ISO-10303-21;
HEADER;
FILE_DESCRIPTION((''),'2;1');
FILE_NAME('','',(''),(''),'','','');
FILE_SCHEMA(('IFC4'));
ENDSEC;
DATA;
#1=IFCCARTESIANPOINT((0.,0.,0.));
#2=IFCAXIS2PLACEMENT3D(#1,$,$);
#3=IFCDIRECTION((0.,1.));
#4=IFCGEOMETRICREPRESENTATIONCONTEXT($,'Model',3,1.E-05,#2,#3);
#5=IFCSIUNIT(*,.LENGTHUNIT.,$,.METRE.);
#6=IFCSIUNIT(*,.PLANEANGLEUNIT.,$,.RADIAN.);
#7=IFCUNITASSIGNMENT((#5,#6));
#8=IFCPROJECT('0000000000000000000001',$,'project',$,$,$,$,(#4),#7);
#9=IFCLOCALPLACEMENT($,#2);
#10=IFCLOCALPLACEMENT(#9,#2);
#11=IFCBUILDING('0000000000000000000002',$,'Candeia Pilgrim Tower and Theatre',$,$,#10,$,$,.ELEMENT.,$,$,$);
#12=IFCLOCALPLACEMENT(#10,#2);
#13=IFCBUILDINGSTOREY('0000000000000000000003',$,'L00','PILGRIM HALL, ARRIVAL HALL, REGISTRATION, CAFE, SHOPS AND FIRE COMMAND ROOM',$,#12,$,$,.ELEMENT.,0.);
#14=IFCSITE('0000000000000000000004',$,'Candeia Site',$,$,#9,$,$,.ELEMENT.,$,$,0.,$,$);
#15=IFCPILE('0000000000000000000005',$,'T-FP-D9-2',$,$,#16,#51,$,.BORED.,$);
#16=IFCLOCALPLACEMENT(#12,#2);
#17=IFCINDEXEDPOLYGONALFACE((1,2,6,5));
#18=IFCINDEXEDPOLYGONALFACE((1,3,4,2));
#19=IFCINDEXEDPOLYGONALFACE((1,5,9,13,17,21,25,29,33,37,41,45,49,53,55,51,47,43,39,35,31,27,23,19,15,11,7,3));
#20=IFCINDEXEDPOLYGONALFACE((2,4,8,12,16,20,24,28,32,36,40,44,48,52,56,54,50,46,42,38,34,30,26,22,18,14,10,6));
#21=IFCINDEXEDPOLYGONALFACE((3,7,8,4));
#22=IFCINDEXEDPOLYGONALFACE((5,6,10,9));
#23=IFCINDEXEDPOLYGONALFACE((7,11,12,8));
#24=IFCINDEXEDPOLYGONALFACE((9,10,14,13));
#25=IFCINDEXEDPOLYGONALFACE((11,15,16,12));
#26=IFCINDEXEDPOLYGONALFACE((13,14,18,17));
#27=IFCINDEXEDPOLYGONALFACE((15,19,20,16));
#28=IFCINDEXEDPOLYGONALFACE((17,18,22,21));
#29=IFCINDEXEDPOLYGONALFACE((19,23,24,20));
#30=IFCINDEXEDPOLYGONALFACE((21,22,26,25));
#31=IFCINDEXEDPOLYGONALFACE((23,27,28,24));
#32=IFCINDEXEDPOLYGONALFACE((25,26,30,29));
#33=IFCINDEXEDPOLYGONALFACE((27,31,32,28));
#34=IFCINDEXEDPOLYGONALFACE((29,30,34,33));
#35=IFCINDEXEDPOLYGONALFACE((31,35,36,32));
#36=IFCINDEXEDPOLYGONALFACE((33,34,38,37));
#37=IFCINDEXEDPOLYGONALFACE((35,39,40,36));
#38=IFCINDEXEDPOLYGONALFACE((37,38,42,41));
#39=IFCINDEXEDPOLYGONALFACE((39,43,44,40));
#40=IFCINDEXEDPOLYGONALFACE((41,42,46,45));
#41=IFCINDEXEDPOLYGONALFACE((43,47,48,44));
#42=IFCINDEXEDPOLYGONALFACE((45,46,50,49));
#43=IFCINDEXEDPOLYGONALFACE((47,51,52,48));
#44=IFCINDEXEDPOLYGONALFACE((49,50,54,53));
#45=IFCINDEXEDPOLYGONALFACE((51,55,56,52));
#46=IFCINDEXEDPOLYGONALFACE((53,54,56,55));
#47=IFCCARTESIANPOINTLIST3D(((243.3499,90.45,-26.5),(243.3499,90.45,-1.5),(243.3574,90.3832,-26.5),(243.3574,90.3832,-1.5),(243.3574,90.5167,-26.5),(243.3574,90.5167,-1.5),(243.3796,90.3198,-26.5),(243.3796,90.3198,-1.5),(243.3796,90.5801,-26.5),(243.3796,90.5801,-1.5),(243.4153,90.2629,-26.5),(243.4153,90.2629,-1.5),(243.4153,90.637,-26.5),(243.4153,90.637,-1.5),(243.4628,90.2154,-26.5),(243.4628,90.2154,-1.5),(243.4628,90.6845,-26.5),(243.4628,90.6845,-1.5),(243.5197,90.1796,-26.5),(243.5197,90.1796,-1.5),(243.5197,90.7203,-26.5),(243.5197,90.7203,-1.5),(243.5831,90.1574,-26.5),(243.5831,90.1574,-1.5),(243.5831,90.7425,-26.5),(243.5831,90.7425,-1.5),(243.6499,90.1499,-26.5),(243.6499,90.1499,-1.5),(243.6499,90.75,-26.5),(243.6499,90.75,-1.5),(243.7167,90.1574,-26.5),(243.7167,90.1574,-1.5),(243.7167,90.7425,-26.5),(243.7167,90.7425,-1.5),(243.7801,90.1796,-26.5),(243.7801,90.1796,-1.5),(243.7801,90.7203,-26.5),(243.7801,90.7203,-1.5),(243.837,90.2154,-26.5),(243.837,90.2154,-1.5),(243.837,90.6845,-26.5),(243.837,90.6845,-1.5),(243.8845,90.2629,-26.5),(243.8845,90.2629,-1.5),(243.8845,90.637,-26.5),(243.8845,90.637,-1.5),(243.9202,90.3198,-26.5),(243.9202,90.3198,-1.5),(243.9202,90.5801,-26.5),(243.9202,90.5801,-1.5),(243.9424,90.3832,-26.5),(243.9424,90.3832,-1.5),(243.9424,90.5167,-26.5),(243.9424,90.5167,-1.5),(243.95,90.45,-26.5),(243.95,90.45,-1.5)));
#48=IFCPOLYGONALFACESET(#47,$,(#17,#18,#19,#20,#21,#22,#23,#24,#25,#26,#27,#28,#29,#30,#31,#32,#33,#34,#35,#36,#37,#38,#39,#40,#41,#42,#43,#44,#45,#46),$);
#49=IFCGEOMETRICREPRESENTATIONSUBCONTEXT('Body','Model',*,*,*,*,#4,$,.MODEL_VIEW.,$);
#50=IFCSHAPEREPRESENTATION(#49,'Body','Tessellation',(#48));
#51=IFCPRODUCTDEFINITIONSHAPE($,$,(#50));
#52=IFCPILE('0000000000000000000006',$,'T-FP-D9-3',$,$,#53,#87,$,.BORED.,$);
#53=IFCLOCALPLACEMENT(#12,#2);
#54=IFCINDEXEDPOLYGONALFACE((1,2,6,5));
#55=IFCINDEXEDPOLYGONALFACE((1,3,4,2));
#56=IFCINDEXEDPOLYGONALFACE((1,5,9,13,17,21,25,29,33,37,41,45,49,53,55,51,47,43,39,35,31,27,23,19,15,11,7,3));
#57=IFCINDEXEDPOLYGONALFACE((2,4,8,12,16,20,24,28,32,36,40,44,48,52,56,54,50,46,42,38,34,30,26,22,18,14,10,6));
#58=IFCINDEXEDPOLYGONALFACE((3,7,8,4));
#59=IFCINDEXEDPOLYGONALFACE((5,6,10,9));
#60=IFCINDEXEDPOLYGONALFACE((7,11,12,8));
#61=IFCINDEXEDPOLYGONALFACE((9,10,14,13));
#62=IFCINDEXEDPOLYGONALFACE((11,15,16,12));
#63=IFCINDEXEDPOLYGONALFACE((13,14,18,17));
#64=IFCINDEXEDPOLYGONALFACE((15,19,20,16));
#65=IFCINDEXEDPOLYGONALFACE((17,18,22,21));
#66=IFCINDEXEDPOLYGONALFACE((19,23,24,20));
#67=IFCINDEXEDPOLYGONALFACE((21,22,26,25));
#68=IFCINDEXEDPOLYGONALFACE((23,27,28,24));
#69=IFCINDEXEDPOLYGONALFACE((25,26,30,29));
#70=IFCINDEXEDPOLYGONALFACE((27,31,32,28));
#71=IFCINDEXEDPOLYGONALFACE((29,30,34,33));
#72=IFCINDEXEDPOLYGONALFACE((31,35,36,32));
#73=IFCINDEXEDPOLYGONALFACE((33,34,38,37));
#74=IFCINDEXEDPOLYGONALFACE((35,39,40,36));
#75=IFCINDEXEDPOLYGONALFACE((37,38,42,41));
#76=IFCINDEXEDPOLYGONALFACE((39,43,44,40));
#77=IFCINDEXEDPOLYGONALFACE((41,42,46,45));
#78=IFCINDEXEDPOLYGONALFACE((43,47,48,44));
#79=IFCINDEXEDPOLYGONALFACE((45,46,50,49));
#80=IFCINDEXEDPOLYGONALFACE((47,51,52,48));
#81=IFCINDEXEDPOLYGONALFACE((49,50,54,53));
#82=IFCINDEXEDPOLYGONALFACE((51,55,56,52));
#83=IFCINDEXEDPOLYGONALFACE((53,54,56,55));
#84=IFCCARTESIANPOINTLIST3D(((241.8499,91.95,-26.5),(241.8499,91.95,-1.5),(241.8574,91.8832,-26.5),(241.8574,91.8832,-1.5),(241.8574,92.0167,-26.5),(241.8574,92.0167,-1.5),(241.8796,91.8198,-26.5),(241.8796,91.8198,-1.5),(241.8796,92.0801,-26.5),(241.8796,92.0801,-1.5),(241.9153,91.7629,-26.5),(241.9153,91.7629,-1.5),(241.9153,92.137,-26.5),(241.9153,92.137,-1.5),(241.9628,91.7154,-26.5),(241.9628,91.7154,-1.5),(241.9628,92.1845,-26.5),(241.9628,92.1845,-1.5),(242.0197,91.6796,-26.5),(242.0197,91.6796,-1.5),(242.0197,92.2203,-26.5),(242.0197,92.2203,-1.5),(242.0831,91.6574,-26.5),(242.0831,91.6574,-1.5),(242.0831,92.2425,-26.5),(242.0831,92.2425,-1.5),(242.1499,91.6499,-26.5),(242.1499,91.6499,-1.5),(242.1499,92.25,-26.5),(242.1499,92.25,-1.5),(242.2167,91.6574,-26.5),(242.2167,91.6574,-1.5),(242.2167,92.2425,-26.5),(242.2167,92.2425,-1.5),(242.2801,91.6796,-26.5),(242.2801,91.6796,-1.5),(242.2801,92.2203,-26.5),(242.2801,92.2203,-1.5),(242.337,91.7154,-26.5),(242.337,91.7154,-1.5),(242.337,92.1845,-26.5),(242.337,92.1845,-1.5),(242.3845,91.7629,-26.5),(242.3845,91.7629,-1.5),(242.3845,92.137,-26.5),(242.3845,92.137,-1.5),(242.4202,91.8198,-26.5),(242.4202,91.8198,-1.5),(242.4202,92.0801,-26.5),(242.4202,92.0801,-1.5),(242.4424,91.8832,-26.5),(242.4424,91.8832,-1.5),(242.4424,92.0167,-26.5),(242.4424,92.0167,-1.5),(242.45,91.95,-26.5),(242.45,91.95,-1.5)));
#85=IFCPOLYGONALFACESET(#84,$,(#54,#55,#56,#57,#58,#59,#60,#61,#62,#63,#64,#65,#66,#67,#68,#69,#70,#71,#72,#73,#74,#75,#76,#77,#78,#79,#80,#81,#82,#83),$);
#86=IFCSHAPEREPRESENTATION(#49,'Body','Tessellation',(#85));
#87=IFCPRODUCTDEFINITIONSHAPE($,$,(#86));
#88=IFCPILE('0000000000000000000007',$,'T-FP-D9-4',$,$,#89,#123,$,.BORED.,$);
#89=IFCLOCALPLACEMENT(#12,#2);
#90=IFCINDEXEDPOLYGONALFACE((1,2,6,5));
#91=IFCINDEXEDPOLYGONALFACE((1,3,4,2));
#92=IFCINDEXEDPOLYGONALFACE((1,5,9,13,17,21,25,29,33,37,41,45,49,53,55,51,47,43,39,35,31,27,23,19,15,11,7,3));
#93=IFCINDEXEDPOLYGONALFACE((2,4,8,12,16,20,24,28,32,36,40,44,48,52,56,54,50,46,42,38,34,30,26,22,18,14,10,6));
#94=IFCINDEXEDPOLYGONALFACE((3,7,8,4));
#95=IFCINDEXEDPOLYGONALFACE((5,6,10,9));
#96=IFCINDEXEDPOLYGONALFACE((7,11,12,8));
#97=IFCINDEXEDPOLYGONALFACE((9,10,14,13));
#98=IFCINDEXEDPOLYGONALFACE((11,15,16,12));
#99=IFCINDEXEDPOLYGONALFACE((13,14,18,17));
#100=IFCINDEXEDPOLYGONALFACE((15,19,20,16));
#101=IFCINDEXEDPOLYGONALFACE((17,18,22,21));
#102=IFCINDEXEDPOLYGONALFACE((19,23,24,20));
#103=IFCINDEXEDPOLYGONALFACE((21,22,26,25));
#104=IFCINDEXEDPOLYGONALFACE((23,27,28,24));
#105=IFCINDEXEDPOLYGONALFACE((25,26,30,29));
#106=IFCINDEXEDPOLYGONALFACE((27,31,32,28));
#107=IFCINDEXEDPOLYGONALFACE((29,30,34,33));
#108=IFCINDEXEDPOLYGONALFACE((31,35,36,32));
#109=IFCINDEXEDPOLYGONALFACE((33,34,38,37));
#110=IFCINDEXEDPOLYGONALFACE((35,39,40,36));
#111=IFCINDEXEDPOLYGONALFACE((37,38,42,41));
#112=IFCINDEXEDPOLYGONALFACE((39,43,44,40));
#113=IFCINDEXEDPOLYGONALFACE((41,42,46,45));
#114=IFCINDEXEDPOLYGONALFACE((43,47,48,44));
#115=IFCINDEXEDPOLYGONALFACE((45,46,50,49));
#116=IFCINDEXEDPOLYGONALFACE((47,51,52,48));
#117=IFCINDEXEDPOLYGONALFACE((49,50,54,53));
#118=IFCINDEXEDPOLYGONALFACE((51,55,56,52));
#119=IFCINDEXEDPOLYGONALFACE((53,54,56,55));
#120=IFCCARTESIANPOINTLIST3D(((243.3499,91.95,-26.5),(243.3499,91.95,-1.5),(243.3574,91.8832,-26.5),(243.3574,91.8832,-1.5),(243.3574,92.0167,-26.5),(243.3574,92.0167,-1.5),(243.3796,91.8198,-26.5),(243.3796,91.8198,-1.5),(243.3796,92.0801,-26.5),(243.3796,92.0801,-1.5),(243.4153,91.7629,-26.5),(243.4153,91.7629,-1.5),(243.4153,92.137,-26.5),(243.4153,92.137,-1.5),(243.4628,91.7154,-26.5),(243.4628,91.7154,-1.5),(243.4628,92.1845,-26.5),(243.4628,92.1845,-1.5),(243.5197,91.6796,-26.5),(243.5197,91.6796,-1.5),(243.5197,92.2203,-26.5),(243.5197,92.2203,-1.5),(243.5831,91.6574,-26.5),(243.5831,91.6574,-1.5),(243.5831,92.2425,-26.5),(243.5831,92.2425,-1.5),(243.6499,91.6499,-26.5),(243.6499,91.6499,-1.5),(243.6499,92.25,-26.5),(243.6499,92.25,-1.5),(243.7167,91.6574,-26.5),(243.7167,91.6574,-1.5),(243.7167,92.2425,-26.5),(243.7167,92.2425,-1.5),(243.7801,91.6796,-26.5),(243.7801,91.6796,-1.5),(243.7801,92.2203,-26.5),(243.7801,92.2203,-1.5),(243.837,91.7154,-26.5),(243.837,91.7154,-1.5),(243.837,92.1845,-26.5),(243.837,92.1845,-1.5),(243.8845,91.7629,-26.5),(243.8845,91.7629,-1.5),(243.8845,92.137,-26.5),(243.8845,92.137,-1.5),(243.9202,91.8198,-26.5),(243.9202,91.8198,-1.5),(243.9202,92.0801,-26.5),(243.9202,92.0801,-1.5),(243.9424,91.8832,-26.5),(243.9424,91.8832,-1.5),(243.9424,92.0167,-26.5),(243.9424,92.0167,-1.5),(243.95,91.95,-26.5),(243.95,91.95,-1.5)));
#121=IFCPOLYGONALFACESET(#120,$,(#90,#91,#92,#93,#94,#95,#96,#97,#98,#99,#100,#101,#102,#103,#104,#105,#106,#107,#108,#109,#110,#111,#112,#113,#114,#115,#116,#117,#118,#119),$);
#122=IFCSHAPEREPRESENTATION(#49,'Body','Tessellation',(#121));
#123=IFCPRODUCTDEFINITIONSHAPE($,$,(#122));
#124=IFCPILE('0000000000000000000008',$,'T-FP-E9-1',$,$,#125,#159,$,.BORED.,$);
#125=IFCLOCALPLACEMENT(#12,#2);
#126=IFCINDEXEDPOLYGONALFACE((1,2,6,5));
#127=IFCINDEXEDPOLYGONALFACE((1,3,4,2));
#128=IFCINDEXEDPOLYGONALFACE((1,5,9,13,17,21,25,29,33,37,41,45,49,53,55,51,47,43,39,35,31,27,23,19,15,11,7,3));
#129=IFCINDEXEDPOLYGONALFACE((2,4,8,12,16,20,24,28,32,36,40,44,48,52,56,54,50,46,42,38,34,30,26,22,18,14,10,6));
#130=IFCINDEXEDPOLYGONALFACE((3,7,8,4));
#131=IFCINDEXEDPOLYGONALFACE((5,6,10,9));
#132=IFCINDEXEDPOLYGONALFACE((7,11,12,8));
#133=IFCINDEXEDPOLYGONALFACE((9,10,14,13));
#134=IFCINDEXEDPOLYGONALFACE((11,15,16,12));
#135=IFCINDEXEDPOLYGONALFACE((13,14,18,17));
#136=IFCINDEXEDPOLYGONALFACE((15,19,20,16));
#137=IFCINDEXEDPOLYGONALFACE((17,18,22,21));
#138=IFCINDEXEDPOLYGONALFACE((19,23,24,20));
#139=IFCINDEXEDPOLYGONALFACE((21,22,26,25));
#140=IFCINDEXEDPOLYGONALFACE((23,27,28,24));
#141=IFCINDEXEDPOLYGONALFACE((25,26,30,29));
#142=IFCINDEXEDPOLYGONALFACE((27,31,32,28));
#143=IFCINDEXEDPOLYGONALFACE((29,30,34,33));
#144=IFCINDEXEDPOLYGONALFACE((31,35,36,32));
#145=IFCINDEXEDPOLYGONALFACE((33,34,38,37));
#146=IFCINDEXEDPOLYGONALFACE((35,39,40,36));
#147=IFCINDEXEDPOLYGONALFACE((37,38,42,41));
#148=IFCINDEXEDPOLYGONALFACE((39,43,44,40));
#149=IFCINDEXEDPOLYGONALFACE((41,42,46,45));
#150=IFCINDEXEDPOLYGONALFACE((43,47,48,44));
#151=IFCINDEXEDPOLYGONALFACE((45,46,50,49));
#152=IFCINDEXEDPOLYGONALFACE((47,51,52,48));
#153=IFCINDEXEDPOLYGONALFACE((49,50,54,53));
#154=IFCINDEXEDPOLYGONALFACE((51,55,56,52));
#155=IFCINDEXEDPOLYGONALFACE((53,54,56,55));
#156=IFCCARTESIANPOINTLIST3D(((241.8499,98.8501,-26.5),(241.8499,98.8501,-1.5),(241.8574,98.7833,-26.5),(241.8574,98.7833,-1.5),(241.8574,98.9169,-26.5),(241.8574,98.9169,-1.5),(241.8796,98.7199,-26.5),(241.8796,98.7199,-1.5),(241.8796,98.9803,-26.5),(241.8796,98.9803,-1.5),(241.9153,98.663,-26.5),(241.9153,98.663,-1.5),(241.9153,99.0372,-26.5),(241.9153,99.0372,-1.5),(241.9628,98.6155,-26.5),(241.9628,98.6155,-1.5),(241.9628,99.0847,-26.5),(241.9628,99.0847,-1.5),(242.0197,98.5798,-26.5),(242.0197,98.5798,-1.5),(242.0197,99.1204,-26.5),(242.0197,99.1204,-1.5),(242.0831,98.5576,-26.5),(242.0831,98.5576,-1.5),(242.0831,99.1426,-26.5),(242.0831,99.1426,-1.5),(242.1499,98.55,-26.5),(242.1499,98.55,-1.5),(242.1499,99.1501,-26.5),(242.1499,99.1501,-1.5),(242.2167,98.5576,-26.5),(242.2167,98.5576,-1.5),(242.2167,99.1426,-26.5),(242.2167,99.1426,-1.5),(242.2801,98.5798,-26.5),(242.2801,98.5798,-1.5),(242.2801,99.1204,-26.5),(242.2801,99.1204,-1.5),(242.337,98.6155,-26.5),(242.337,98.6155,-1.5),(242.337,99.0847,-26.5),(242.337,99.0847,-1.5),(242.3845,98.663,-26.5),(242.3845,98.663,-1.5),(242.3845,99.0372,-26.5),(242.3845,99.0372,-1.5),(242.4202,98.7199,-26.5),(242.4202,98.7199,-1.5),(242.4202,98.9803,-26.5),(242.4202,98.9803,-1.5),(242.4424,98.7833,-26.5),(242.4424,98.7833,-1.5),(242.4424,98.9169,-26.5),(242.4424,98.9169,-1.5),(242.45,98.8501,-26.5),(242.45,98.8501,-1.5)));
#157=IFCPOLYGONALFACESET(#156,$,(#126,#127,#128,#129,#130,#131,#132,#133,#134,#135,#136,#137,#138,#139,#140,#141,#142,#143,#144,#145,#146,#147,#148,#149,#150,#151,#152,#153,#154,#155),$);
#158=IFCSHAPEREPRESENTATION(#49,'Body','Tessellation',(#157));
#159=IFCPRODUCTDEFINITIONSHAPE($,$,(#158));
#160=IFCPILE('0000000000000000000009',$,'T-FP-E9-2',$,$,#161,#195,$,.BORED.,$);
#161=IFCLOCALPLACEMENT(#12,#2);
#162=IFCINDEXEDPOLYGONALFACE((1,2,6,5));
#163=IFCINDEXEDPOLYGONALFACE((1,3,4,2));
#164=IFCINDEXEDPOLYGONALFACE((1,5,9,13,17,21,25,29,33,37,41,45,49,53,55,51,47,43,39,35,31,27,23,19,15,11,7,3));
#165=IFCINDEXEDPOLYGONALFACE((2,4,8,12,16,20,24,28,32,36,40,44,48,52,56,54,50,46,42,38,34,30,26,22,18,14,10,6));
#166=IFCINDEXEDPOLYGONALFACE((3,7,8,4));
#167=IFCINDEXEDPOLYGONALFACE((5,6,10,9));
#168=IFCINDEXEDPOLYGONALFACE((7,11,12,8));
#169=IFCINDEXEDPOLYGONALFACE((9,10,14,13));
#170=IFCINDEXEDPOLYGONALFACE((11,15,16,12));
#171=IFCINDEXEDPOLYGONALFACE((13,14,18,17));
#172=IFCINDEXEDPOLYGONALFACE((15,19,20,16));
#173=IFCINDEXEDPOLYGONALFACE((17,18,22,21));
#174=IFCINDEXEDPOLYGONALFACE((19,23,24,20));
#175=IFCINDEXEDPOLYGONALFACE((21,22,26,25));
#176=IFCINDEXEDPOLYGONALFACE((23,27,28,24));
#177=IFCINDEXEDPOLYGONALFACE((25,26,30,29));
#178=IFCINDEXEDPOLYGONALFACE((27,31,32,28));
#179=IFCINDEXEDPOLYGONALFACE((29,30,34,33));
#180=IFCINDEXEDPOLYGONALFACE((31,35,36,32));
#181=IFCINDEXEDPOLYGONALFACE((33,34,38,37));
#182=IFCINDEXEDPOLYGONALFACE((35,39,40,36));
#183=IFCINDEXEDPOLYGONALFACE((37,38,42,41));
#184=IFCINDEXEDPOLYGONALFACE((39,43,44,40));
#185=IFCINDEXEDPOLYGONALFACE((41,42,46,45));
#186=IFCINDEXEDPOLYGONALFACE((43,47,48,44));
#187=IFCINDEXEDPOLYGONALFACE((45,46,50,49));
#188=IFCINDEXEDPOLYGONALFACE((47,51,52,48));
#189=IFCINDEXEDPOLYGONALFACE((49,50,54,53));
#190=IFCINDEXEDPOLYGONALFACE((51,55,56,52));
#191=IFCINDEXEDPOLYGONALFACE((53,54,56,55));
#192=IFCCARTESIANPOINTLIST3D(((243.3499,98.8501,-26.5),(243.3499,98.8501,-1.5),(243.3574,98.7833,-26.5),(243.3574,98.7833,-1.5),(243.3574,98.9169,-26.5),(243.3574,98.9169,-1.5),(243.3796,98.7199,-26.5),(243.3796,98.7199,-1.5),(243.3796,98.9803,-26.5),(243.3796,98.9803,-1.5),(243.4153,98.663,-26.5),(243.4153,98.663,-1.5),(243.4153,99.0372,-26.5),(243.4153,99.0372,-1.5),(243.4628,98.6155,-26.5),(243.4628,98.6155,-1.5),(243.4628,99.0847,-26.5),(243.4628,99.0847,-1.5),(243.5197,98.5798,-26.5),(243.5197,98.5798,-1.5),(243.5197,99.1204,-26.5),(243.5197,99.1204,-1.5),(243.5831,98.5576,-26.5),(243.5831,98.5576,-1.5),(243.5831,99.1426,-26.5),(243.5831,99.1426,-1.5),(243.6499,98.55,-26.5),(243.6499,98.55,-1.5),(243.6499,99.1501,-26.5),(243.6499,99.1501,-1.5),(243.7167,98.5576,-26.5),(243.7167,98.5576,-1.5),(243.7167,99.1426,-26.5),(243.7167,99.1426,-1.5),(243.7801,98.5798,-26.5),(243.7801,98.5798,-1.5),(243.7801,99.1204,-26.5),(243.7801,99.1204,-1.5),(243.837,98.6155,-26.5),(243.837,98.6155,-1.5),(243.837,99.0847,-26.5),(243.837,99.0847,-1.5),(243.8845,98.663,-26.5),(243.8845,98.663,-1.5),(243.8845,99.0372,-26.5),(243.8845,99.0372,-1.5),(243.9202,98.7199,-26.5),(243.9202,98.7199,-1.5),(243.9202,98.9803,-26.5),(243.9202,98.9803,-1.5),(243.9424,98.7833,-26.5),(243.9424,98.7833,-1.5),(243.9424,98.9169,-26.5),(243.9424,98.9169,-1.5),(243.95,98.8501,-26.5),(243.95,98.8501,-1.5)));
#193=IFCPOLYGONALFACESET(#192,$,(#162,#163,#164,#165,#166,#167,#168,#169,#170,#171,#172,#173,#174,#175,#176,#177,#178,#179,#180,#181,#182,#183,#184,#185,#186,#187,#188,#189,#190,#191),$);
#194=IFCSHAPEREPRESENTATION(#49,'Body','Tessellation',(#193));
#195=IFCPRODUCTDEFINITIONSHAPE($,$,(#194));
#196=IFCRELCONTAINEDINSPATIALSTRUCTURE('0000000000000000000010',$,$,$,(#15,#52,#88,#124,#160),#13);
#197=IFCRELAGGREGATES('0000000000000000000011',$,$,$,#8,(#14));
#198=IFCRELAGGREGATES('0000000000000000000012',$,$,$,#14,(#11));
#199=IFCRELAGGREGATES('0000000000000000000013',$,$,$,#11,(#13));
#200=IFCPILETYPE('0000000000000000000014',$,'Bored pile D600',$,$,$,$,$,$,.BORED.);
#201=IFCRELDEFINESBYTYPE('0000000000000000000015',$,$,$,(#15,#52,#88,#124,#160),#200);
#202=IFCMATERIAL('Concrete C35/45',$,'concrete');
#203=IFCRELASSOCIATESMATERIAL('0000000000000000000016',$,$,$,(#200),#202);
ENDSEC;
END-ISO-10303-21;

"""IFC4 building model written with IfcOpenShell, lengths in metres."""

from ifc_helpers import new_model, si_unit, direction, frame, origin, origin_2d, place, context, subcontext, project, spatial, circle, extrude, material, type_object, element, save


model = new_model("IFC4")

# Units and contexts
model_context = context("Model", 3, precision=1e-05, world=origin(), true_north=direction((0.0, 1.0)))
body_context = subcontext(model_context, "Body", "Model", "MODEL_VIEW")
ifc_project = project(units=[si_unit("LENGTHUNIT", "METRE"), si_unit("PLANEANGLEUNIT", "RADIAN")], contexts=[model_context])

# Site, building, storey
site_placement = place(None, origin())
site = spatial("IfcSite", under=ifc_project, at=site_placement, Name="Candeia Site", CompositionType="ELEMENT", RefElevation=0.0)
building_placement = place(site_placement, origin())
building = spatial("IfcBuilding", under=site, at=building_placement, Name="Candeia Pilgrim Tower and Theatre", CompositionType="ELEMENT")
storey_placement = place(building_placement, origin())
storey = spatial("IfcBuildingStorey", under=building, at=storey_placement, Name="L00", Description="PILGRIM HALL, ARRIVAL HALL, REGISTRATION, CAFE, SHOPS AND FIRE COMMAND ROOM", CompositionType="ELEMENT", Elevation=0.0)

# Piles
ifc_material_1 = material(Name="Concrete C35/45", Category="concrete")
pile_type = type_object("IfcPileType", Name="Bored pile D600", PredefinedType="BORED", material=ifc_material_1)
for number, where, z_axis, x_axis, name in (
    (1, (243.6499, 90.45, -1.5), (0.0, 0.0, -1.0), (1.0, 0.0, 0.0), "T-FP-D9-2"),
    (2, (242.1499, 91.95, -1.5), (0.0, 0.0, -1.0), (1.0, 0.0, 0.0), "T-FP-D9-3"),
    (3, (243.6499, 91.95, -1.5), (0.0, 0.0, -1.0), (1.0, 0.0, 0.0), "T-FP-D9-4"),
    (4, (242.1499, 98.8501, -1.5), (0.0, 0.0, -1.0), (1.0, 0.0, 0.0), "T-FP-E9-1"),
    (5, (243.6499, 98.8501, -1.5), (0.0, 0.0, -1.0), (1.0, 0.0, 0.0), "T-FP-E9-2"),
):
    element("IfcPile", number, at=place(storey_placement, frame(where, z_axis=z_axis, x_axis=x_axis)), inside=storey, type_object=pile_type, Name=name, PredefinedType="BORED", context=body_context, shape_type="SweptSolid", body=[
        extrude(circle(Radius=0.3, at=origin_2d()), origin(), (0.0, 0.0, 1.0), 25.0),
    ])

save(model, "model.ifc")
